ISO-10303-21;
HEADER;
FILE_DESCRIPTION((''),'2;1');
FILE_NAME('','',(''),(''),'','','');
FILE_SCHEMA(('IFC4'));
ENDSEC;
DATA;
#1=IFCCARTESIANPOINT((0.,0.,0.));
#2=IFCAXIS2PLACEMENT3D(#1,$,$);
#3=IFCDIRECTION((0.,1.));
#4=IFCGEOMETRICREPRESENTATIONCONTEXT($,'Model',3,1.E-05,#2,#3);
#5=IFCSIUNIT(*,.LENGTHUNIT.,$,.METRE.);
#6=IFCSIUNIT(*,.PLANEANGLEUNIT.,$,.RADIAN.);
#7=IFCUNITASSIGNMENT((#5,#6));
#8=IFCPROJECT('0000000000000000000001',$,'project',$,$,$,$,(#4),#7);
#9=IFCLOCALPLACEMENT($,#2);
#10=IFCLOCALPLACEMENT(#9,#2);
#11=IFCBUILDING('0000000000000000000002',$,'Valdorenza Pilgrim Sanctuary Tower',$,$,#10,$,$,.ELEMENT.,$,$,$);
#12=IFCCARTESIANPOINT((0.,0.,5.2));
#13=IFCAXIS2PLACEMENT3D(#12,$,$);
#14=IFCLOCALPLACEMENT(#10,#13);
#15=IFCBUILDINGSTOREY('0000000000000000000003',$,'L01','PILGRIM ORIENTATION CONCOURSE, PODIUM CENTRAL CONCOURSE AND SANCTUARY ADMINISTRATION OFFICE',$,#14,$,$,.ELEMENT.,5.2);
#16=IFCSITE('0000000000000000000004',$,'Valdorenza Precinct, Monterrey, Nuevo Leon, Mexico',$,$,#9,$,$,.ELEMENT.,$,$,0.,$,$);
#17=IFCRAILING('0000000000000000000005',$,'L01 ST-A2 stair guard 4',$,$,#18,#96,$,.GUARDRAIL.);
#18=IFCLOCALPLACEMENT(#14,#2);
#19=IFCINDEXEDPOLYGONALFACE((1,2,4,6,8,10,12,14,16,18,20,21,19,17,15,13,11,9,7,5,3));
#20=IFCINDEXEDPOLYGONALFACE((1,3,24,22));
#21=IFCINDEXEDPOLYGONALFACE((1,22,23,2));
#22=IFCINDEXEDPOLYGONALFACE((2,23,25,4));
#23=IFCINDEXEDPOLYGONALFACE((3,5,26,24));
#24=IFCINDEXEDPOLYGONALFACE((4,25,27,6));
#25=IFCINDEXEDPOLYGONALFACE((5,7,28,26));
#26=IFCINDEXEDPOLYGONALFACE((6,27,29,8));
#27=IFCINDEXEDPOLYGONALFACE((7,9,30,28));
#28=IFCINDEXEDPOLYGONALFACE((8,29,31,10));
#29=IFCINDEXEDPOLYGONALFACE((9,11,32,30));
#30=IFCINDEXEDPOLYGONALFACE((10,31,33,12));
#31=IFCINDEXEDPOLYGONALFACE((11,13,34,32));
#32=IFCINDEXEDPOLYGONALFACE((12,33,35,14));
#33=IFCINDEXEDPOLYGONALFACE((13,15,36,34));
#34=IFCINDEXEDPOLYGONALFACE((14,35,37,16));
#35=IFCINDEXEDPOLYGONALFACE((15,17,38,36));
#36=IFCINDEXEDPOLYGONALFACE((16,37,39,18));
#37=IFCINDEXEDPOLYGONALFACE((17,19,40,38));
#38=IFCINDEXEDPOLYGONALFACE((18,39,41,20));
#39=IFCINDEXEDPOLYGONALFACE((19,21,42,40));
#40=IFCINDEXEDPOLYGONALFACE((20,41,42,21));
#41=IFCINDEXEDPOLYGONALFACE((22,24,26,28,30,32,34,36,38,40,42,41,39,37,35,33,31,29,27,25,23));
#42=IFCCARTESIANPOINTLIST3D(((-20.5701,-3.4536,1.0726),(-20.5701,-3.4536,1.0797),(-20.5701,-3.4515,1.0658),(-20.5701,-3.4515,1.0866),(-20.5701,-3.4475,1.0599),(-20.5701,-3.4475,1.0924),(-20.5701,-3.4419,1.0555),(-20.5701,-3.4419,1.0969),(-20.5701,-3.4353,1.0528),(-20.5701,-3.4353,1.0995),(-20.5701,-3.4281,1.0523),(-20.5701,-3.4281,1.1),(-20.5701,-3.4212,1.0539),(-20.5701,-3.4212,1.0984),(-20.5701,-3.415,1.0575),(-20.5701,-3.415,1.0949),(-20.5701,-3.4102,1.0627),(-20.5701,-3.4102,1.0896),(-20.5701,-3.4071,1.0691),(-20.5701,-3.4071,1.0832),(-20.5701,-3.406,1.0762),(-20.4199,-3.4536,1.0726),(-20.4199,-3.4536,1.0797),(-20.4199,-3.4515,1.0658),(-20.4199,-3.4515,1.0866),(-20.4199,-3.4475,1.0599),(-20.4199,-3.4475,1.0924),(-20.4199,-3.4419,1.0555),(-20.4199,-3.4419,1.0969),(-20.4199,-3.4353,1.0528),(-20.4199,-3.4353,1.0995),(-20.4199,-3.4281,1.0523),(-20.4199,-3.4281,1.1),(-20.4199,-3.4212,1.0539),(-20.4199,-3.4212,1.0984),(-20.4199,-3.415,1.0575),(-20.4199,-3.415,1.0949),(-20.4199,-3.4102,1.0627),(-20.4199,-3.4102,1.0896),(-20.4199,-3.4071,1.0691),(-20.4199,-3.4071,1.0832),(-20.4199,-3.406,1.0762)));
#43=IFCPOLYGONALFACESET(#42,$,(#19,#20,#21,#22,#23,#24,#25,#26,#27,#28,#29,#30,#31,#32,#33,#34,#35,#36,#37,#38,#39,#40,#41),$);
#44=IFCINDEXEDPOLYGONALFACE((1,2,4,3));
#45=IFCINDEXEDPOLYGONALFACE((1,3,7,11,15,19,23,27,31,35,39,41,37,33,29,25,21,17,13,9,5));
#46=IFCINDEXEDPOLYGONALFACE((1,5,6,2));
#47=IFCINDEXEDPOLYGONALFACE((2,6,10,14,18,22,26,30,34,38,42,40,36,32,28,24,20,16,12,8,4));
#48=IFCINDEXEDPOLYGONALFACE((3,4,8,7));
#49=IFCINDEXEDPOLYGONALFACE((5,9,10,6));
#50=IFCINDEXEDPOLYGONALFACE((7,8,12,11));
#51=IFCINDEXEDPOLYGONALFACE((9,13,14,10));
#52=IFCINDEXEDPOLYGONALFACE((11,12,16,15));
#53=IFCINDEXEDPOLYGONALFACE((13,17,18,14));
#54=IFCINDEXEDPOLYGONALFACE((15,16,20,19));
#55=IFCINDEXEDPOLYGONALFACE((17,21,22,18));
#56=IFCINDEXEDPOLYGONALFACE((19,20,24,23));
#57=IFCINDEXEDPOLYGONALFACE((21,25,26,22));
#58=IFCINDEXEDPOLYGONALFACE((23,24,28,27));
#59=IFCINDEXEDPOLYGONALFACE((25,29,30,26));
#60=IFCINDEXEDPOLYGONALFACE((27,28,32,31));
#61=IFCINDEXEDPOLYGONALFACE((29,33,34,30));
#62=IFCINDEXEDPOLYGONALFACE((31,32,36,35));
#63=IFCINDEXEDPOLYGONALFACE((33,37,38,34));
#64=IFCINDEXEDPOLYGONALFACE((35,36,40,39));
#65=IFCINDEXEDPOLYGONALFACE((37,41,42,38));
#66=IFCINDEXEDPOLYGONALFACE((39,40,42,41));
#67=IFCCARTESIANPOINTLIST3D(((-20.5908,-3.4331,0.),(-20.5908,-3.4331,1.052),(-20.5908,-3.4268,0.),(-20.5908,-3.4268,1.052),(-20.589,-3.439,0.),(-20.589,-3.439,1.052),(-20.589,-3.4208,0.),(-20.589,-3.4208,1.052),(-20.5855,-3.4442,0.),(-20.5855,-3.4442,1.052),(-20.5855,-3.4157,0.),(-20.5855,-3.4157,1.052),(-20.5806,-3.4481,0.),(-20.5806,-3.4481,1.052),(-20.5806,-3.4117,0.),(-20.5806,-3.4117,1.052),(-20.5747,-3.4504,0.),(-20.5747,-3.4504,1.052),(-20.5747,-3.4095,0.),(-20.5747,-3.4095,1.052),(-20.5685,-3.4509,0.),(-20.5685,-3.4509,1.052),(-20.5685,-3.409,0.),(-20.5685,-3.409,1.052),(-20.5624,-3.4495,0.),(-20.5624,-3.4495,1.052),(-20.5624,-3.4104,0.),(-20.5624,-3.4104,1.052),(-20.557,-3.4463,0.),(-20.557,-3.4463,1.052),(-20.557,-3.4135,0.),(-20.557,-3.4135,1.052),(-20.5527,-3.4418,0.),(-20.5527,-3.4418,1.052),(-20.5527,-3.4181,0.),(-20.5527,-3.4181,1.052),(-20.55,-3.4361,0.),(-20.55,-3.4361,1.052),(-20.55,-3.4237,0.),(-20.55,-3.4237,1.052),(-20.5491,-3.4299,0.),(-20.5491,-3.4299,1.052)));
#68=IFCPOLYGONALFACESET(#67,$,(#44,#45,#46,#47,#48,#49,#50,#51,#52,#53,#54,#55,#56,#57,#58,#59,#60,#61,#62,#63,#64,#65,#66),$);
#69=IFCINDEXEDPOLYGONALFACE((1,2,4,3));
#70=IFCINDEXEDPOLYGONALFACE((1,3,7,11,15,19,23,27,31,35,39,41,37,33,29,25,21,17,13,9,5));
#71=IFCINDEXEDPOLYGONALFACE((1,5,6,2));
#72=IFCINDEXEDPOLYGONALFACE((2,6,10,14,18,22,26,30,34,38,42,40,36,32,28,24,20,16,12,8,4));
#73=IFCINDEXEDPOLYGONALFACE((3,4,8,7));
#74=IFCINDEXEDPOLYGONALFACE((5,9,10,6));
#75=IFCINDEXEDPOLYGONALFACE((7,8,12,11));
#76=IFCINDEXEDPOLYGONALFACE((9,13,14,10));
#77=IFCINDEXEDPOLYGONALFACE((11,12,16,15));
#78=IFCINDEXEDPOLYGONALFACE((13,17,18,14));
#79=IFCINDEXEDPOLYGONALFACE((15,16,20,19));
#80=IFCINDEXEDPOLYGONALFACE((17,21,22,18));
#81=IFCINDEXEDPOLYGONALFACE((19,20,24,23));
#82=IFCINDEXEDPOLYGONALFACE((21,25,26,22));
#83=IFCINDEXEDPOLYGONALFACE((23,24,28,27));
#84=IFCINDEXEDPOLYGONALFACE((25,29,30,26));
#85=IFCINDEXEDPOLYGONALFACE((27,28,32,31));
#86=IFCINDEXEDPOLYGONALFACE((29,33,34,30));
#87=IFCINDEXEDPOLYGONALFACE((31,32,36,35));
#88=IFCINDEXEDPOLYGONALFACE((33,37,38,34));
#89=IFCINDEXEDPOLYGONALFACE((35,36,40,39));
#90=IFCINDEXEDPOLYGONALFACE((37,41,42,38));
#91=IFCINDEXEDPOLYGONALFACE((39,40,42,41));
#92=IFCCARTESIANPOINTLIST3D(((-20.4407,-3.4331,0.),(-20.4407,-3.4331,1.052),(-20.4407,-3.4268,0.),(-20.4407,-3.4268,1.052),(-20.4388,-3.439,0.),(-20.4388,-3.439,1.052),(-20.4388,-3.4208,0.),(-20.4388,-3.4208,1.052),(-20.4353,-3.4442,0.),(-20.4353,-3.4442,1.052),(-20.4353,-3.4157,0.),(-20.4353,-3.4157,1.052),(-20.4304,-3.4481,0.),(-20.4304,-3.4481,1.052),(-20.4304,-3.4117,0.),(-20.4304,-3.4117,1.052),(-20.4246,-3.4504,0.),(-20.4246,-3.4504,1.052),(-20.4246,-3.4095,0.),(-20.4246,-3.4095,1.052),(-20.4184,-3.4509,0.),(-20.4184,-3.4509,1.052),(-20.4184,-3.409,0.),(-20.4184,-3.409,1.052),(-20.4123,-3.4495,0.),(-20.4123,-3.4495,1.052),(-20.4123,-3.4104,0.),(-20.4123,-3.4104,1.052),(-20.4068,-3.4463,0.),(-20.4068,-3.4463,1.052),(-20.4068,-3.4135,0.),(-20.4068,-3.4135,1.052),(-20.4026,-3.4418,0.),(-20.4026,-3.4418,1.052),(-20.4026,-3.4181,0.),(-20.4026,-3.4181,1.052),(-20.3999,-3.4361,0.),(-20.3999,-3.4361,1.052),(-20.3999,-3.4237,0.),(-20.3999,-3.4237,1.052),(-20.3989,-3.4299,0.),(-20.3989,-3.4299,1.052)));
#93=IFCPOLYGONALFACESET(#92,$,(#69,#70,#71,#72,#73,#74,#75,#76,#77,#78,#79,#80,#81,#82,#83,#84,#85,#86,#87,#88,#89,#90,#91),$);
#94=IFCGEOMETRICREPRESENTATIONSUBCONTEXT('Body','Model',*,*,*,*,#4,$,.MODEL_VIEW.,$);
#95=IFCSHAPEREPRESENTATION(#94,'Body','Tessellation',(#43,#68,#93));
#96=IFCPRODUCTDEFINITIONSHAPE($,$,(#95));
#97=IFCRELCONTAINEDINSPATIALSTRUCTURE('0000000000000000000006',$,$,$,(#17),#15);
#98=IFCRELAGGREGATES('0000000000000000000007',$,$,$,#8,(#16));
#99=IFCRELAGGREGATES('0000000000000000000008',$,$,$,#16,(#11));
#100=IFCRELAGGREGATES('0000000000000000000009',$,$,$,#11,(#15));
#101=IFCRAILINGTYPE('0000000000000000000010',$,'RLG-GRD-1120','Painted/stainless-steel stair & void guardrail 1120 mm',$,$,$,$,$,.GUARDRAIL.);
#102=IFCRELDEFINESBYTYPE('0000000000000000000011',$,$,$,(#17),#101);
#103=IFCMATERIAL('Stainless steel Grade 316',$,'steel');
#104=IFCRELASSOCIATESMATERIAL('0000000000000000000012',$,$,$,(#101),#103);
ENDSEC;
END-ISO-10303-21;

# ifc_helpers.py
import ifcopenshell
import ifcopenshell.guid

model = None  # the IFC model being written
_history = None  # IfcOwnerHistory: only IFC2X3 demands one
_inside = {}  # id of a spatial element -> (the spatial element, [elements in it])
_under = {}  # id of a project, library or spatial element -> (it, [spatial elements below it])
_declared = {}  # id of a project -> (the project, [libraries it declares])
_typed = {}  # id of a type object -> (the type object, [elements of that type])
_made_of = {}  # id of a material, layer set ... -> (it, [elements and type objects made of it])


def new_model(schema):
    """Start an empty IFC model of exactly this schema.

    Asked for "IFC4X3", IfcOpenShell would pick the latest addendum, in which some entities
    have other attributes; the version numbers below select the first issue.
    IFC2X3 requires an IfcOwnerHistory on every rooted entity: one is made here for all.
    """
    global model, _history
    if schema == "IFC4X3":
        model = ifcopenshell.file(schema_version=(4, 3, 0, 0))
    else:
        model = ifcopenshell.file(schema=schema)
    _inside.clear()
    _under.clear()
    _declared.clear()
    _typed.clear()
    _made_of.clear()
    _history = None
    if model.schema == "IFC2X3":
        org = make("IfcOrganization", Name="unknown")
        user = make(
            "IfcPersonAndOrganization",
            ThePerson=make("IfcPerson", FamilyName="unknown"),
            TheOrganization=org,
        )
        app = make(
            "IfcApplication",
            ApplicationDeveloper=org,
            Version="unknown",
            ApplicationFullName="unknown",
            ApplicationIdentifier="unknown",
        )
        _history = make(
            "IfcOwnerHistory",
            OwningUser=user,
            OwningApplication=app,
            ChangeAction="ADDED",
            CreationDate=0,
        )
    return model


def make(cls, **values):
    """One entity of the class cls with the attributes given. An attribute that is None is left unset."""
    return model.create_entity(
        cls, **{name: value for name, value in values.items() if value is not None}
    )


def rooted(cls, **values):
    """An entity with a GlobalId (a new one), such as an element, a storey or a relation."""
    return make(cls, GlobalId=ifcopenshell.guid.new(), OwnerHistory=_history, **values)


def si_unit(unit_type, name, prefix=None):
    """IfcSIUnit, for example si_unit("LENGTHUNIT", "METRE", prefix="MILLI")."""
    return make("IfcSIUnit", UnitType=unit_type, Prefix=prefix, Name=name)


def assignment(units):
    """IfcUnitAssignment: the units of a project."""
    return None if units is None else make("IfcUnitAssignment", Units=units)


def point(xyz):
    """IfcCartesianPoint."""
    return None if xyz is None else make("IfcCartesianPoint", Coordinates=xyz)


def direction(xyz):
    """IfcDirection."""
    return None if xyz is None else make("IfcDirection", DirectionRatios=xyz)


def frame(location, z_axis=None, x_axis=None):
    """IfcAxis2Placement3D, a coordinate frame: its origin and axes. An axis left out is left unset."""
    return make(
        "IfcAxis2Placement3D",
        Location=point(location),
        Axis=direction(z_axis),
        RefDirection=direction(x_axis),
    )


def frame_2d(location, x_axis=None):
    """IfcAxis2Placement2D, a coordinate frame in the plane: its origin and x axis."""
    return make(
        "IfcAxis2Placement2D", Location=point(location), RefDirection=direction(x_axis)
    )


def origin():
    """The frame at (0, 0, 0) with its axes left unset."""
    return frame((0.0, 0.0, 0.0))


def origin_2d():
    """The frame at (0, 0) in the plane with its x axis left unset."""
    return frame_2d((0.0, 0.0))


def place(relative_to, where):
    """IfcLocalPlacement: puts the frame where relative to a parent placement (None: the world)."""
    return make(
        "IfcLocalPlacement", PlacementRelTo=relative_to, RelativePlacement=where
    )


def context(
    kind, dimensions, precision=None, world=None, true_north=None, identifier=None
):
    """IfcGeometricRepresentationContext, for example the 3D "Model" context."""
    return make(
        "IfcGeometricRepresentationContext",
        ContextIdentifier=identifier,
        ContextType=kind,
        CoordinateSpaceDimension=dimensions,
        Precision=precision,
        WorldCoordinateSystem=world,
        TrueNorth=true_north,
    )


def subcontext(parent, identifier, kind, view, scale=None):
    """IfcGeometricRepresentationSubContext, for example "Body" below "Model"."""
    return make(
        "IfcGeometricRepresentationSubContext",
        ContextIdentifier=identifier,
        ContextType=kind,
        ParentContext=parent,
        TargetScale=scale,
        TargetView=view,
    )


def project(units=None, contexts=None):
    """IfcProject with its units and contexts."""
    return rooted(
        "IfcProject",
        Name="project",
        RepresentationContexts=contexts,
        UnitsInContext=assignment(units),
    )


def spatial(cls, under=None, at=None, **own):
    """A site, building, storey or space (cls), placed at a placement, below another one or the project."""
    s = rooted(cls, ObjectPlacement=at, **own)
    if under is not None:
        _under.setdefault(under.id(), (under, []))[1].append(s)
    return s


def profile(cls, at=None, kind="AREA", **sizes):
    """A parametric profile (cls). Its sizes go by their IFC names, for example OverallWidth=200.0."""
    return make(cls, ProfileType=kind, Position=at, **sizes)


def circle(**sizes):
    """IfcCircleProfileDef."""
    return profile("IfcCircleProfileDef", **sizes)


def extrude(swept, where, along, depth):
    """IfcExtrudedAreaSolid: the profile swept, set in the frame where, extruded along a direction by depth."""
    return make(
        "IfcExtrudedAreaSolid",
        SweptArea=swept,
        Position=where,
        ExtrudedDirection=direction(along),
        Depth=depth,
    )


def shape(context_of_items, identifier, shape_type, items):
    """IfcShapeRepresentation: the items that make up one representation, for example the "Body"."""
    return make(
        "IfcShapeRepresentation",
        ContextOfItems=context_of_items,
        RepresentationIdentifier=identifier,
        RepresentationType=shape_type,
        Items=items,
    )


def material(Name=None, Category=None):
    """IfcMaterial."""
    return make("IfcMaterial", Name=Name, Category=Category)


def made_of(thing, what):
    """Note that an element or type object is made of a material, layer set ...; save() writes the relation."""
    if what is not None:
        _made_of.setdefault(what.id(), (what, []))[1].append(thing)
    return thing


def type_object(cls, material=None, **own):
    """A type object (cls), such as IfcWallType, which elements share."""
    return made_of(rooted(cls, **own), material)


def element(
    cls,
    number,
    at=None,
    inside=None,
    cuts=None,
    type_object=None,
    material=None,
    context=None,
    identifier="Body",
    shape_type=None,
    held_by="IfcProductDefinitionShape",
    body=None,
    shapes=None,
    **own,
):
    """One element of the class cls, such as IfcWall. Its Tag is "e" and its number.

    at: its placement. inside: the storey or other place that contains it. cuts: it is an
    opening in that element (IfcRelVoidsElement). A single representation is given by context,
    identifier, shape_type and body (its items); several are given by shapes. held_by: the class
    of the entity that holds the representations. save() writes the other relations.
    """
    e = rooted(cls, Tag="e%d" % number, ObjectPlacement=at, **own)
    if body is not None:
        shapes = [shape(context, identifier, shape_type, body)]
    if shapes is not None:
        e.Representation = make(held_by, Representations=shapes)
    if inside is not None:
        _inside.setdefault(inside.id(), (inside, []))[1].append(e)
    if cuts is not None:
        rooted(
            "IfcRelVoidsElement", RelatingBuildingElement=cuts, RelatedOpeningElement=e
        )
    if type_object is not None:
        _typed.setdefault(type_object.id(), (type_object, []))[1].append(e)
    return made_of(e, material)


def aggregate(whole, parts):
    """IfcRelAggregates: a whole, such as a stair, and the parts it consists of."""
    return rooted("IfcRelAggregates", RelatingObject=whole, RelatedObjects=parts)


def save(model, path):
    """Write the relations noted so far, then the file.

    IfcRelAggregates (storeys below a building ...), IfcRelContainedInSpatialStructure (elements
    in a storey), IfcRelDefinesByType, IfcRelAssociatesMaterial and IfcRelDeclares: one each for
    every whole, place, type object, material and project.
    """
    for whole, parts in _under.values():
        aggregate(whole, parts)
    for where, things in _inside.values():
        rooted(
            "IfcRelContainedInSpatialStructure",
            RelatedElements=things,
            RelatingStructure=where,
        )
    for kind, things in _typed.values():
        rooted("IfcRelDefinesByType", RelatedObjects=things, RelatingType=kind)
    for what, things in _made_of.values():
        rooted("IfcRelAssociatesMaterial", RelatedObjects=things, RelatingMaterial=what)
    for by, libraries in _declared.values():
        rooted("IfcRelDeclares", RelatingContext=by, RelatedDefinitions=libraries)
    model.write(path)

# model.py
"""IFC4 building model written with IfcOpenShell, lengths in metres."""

from ifc_helpers import new_model, si_unit, direction, frame, origin, origin_2d, place, context, subcontext, project, spatial, circle, extrude, material, type_object, element, save


model = new_model("IFC4")

# Units and contexts
model_context = context("Model", 3, precision=1e-05, world=origin(), true_north=direction((0.0, 1.0)))
body_context = subcontext(model_context, "Body", "Model", "MODEL_VIEW")
ifc_project = project(units=[si_unit("LENGTHUNIT", "METRE"), si_unit("PLANEANGLEUNIT", "RADIAN")], contexts=[model_context])

# Site, building, storey
site_placement = place(None, origin())
site = spatial("IfcSite", under=ifc_project, at=site_placement, Name="Valdorenza Precinct, Monterrey, Nuevo Leon, Mexico", CompositionType="ELEMENT", RefElevation=0.0)
building_placement = place(site_placement, origin())
building = spatial("IfcBuilding", under=site, at=building_placement, Name="Valdorenza Pilgrim Sanctuary Tower", CompositionType="ELEMENT")
storey_placement = place(building_placement, frame((0.0, 0.0, 5.2)))
storey = spatial("IfcBuildingStorey", under=building, at=storey_placement, Name="L01", Description="PILGRIM ORIENTATION CONCOURSE, PODIUM CENTRAL CONCOURSE AND SANCTUARY ADMINISTRATION OFFICE", CompositionType="ELEMENT", Elevation=5.2)

# Railing
ifc_material_1 = material(Name="Stainless steel Grade 316", Category="steel")
railing_type = type_object("IfcRailingType", Name="RLG-GRD-1120", Description="Painted/stainless-steel stair & void guardrail 1120 mm", PredefinedType="GUARDRAIL", material=ifc_material_1)
railing_1_placement = place(storey_placement, frame((-20.5701, -3.4299, 0.0)))
element("IfcRailing", 1, at=railing_1_placement, inside=storey, type_object=railing_type, Name="L01 ST-A2 stair guard 4", PredefinedType="GUARDRAIL", context=body_context, shape_type="SweptSolid", body=[
    extrude(circle(Radius=0.0239, at=origin_2d()), frame((0.0, 0.0, 1.0762), z_axis=(1.0, 0.0, 0.0), x_axis=(0.0, 1.0, 0.0)), (0.0, 0.0, 1.0), 0.1501),
    extrude(circle(Radius=0.021, at=origin_2d()), origin(), (0.0, 0.0, 1.0), 1.052),
    extrude(circle(Radius=0.021, at=origin_2d()), frame((0.1501, 0.0, 0.0)), (0.0, 0.0, 1.0), 1.052),
])

save(model, "model.ifc")
